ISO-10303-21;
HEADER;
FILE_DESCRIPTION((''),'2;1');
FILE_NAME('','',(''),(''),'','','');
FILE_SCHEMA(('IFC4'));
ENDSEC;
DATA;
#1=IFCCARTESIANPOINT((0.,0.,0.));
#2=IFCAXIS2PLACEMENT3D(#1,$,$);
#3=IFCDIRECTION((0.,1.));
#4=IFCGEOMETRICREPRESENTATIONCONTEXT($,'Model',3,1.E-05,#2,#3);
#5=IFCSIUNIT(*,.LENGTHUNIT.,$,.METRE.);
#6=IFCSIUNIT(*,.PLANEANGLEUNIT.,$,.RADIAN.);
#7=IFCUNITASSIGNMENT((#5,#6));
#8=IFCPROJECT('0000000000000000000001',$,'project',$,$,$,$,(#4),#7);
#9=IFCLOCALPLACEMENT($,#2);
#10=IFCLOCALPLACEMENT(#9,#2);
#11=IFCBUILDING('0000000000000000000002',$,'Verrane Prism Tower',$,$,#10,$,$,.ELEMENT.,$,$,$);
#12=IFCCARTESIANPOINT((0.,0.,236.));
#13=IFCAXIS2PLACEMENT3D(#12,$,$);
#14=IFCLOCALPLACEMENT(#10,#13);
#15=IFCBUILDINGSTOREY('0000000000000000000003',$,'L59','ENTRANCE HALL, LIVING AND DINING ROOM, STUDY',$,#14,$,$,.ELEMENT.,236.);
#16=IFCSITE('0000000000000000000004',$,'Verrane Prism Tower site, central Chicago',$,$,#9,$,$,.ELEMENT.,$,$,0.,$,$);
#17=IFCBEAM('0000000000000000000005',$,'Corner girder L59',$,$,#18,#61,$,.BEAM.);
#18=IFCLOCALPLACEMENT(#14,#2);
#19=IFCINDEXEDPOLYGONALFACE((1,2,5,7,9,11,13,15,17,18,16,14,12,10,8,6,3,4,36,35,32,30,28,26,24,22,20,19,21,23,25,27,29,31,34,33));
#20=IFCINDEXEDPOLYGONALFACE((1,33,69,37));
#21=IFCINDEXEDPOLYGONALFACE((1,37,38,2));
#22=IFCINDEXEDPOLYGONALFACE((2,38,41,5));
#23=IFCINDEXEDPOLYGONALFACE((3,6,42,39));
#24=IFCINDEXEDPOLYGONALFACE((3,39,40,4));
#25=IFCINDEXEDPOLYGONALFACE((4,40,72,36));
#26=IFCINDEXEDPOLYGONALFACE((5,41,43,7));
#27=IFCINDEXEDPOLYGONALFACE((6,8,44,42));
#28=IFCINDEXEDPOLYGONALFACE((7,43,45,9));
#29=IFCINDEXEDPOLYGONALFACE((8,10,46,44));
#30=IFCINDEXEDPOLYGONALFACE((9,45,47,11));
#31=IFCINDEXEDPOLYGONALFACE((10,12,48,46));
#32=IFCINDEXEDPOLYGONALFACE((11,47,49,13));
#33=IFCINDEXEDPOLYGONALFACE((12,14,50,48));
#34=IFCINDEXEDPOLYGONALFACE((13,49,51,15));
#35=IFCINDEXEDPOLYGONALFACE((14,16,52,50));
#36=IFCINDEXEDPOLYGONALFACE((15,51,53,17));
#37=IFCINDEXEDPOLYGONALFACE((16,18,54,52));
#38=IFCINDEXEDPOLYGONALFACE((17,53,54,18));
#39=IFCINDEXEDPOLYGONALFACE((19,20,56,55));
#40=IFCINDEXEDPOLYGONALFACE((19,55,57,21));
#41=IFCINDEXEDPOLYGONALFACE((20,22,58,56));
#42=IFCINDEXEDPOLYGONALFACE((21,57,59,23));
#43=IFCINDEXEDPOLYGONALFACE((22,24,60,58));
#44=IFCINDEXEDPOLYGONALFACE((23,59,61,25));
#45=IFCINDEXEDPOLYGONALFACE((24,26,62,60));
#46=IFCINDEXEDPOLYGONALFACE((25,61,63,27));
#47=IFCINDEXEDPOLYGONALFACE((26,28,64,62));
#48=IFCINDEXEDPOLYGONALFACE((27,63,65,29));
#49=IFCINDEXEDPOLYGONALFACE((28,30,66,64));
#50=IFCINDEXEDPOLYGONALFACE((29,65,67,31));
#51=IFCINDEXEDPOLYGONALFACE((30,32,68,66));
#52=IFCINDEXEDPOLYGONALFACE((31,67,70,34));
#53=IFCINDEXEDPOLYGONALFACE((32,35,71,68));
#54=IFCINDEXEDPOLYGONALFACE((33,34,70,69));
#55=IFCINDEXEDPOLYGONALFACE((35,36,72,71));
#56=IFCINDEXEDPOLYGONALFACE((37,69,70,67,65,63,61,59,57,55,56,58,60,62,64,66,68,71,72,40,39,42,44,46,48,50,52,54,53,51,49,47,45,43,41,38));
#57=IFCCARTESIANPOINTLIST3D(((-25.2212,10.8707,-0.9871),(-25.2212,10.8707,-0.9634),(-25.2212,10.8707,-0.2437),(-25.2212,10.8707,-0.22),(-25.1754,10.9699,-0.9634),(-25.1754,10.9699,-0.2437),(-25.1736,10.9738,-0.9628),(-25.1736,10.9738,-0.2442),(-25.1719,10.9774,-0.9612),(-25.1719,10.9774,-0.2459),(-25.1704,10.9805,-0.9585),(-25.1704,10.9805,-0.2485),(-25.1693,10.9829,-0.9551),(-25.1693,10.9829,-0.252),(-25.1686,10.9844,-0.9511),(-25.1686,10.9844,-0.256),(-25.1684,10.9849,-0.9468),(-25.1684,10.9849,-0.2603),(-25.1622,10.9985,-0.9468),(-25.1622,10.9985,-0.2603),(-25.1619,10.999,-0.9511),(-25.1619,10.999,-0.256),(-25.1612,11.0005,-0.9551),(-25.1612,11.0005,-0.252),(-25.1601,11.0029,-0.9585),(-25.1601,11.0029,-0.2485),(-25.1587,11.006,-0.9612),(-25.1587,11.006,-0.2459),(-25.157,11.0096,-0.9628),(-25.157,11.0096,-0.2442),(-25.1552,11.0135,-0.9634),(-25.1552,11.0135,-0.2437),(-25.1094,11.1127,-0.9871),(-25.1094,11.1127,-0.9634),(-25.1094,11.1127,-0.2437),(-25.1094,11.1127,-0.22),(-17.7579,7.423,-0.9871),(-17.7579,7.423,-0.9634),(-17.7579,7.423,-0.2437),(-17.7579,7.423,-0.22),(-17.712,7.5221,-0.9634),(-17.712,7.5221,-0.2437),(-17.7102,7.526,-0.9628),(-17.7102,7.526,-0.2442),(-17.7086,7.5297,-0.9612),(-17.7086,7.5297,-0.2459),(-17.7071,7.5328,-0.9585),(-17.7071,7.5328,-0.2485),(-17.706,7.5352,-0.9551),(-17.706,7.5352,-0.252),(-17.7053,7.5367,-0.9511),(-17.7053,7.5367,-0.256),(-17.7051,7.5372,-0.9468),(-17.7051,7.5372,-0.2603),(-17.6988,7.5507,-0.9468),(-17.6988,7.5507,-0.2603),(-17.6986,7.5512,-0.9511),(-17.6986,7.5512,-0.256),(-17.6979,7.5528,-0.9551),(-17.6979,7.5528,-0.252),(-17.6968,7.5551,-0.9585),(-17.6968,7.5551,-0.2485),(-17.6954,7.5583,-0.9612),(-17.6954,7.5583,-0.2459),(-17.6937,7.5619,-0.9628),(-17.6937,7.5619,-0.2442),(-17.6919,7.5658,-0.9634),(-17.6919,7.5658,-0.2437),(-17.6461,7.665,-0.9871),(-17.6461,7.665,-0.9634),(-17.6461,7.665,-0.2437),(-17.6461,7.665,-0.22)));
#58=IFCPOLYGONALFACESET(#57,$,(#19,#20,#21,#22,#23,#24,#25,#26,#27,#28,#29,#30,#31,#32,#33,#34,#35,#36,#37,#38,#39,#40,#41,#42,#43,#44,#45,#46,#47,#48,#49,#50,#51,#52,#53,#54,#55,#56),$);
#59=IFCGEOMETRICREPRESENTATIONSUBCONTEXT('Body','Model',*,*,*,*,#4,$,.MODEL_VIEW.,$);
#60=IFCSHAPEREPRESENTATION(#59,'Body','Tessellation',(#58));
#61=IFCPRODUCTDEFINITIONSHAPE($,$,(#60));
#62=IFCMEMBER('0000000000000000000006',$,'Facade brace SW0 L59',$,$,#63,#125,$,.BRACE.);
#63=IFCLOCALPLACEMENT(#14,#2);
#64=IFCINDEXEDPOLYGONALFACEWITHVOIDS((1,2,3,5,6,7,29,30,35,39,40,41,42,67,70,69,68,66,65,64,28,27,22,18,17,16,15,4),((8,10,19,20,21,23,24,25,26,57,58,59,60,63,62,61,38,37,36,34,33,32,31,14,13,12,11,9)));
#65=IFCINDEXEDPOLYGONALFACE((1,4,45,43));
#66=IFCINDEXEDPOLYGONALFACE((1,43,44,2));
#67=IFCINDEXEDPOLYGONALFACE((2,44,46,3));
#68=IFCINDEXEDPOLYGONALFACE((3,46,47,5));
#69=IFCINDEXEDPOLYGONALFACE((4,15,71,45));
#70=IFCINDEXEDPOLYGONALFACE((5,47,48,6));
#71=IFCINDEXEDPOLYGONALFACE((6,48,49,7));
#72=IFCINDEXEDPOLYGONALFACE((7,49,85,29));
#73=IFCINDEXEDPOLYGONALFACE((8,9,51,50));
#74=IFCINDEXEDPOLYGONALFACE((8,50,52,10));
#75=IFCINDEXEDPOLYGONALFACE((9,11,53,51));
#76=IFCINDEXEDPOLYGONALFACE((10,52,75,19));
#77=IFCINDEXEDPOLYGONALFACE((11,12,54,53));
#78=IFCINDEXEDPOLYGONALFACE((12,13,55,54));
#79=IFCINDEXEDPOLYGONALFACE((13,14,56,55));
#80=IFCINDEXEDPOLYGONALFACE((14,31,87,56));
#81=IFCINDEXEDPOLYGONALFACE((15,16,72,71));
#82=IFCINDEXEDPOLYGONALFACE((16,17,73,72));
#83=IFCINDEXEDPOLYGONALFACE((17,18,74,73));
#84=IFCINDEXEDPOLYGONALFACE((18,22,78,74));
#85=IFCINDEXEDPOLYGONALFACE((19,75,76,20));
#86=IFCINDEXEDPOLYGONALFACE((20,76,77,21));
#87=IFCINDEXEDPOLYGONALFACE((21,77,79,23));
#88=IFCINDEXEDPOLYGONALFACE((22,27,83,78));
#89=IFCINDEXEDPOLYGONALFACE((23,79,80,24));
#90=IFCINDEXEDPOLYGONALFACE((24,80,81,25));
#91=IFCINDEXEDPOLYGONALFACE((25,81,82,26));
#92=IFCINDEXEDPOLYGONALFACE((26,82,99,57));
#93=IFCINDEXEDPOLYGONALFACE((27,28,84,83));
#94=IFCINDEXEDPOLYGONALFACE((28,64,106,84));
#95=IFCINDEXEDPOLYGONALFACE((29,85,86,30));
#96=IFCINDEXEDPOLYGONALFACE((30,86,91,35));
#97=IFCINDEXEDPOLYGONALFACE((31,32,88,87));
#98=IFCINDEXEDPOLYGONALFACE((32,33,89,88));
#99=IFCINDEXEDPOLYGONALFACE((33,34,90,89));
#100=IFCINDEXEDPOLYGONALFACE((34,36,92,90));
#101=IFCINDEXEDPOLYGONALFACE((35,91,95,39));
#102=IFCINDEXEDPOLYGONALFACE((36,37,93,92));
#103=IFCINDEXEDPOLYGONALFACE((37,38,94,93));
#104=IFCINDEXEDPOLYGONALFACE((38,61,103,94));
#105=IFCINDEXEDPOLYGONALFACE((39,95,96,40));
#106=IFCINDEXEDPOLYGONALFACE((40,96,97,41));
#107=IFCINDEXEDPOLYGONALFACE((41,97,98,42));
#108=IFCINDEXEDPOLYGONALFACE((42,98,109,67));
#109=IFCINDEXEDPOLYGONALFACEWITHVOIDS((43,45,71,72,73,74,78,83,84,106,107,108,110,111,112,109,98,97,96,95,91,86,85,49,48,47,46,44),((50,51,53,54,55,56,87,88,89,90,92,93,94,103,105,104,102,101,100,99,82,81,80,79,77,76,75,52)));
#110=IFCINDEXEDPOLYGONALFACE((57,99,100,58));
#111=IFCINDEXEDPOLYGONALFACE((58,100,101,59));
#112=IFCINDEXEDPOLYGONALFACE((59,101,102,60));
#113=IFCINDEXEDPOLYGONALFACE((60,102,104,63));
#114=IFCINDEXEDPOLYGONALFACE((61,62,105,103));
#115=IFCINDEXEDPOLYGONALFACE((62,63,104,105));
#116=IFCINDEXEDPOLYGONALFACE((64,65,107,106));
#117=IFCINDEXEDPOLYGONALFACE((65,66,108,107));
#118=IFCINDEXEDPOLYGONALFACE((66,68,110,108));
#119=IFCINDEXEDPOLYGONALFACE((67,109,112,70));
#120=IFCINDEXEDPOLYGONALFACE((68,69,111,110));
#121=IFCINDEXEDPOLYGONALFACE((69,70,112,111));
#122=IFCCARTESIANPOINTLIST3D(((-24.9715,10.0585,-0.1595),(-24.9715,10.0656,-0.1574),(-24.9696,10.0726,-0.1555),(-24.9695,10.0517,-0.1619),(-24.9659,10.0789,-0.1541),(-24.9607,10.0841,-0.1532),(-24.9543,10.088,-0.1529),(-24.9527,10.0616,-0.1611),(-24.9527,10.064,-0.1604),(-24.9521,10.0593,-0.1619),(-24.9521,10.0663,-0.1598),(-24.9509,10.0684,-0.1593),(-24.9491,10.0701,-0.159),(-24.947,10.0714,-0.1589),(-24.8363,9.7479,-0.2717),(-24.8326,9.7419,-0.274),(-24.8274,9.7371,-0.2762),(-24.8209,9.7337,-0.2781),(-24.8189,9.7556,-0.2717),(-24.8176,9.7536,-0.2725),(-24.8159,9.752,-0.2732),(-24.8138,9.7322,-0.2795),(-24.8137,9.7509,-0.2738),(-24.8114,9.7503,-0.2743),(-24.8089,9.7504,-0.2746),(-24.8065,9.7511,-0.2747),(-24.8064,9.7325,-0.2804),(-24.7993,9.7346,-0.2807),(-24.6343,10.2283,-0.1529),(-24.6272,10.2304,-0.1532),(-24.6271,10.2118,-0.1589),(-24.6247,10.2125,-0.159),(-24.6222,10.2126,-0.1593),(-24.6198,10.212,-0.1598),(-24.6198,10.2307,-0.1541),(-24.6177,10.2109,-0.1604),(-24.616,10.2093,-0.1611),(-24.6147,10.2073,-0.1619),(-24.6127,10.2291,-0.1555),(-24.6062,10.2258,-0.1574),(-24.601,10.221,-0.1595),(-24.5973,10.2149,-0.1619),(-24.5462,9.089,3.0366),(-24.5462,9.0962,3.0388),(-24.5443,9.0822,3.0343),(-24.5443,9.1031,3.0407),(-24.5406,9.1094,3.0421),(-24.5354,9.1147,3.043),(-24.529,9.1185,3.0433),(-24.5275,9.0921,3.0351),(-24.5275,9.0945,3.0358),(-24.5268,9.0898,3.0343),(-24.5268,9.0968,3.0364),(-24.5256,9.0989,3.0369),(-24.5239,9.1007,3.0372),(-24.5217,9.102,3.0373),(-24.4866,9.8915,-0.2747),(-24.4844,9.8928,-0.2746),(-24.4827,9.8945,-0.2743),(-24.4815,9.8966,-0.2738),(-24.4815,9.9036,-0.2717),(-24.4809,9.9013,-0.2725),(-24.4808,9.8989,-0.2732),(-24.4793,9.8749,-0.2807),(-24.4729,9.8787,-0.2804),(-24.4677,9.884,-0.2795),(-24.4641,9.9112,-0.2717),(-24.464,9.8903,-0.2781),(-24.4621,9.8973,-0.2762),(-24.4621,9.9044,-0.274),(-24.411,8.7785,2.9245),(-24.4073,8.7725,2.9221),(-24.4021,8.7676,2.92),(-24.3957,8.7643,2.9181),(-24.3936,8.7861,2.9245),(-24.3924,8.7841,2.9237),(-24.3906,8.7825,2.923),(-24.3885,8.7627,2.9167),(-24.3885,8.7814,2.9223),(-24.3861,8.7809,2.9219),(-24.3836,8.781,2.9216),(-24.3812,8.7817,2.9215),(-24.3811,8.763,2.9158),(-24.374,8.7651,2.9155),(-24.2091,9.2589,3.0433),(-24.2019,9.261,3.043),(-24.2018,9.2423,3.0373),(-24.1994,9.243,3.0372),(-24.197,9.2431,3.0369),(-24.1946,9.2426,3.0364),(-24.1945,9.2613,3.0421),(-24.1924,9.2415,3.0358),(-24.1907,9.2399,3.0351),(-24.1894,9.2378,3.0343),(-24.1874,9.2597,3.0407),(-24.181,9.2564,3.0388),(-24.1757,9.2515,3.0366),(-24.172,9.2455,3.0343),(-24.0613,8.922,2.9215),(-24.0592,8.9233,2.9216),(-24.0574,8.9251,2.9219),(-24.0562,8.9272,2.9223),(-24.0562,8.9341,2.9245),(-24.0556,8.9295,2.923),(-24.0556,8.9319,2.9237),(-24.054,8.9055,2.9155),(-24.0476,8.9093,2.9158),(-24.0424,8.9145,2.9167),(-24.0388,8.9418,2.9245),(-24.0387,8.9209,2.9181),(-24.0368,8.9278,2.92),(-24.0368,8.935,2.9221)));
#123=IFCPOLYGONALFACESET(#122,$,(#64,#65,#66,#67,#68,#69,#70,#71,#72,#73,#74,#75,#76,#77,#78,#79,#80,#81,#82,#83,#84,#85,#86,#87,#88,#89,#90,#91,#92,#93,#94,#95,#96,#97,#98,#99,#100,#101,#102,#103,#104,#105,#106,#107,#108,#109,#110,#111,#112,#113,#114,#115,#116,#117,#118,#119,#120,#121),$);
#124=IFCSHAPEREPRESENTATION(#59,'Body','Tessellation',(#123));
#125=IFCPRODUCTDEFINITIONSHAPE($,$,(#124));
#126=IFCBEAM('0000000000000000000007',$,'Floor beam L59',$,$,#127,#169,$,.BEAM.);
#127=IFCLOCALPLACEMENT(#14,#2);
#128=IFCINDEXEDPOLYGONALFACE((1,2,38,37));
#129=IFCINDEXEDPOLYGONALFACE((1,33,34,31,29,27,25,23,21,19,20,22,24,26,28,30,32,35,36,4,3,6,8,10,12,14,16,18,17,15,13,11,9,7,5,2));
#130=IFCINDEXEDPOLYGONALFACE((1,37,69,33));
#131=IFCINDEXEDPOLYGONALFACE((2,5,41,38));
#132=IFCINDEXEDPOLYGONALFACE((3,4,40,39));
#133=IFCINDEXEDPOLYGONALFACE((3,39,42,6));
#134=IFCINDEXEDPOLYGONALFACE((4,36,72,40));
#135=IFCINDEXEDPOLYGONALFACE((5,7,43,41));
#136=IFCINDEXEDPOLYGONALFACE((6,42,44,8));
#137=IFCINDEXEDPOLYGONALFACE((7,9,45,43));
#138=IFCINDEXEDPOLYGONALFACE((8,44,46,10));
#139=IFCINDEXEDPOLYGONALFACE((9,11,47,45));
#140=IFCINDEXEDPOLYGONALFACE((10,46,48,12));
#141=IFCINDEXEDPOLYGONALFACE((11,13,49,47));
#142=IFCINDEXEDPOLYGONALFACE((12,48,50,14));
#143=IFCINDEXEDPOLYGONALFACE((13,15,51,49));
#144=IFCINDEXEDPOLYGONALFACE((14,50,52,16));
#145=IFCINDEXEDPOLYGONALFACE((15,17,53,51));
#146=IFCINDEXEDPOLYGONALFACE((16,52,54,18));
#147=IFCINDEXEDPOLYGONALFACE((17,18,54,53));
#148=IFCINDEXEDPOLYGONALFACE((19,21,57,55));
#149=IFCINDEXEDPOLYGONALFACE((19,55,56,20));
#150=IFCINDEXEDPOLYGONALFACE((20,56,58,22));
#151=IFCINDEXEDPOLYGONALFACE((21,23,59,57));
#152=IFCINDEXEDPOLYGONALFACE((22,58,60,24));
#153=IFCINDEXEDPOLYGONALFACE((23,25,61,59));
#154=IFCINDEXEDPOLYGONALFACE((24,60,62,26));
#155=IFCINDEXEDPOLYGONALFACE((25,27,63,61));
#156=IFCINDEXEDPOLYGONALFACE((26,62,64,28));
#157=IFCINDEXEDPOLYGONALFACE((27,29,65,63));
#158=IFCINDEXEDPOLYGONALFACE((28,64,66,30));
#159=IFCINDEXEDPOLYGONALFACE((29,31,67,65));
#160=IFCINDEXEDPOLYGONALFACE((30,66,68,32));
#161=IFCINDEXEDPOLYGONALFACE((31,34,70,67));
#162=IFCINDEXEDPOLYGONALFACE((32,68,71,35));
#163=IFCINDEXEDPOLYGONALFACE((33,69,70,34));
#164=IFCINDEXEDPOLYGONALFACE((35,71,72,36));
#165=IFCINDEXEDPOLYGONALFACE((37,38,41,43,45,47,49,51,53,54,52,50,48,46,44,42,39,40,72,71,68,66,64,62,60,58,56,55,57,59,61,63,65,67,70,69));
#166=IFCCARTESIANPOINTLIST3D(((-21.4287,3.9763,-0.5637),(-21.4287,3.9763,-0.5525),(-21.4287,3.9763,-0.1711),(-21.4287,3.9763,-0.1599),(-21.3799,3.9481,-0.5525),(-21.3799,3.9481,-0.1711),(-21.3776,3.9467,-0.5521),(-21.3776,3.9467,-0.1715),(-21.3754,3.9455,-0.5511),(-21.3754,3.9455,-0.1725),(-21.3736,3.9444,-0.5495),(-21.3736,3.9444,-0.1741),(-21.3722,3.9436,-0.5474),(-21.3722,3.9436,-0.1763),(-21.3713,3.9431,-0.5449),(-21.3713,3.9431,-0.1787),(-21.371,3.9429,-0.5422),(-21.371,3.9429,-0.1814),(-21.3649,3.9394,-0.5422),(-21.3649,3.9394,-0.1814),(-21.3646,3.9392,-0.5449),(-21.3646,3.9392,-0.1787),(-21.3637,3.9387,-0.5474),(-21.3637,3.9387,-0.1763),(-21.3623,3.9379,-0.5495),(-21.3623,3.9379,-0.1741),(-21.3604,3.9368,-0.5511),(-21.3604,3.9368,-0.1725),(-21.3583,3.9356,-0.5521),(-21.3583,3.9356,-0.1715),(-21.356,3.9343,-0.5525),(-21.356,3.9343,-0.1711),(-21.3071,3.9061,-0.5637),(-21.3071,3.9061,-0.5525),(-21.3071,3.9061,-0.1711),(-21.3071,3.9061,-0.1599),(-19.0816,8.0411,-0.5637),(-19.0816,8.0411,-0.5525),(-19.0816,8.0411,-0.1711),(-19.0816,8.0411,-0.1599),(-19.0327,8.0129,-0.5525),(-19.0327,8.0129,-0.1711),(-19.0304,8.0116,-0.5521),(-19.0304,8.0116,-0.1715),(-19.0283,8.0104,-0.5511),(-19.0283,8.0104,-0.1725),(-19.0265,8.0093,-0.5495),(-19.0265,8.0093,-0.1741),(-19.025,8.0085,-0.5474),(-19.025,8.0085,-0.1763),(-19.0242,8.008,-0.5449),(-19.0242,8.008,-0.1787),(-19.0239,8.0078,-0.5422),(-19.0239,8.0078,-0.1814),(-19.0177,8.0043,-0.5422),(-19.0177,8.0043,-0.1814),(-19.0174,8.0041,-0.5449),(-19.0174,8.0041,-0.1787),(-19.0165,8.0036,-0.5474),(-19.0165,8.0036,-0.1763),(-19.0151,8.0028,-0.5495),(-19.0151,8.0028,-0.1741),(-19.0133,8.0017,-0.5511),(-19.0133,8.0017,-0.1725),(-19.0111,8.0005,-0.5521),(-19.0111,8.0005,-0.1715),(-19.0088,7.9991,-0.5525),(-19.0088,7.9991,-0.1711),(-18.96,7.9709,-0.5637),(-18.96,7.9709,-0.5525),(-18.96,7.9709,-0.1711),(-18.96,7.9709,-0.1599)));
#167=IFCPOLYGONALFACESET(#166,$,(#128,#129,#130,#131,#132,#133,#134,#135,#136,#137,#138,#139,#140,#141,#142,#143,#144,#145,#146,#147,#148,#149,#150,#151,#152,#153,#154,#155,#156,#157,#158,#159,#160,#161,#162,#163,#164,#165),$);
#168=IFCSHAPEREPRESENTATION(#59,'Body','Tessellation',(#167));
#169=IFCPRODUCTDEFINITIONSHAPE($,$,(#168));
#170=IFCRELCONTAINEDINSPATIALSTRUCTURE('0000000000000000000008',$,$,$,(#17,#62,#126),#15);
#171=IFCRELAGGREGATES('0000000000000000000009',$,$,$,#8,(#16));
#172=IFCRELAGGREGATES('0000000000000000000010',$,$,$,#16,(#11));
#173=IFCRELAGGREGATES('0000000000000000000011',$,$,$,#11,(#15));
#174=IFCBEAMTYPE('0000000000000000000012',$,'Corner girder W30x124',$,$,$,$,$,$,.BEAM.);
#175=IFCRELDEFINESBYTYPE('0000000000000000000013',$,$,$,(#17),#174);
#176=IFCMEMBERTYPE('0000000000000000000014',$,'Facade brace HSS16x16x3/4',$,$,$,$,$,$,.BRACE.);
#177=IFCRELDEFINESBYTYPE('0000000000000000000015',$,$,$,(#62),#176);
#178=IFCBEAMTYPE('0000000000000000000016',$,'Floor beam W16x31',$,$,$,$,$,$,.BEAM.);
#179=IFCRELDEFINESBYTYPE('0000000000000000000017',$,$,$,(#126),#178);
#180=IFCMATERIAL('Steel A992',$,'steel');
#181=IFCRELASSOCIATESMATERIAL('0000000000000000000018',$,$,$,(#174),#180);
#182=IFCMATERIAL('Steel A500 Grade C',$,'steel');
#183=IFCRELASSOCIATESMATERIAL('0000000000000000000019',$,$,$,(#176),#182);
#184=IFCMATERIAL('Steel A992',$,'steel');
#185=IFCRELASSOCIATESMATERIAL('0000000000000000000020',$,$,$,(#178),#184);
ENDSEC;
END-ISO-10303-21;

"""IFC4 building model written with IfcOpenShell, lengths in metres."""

from ifc_helpers import new_model, si_unit, direction, frame, origin, origin_2d, place, context, subcontext, project, spatial, hollow_rectangle, i_section, extrude, material, material_profile, profile_set, type_object, element, save


model = new_model("IFC4")

# Units and contexts
model_context = context("Model", 3, precision=1e-05, world=origin(), true_north=direction((0.0, 1.0)))
body_context = subcontext(model_context, "Body", "Model", "MODEL_VIEW")
ifc_project = project(units=[si_unit("LENGTHUNIT", "METRE"), si_unit("PLANEANGLEUNIT", "RADIAN")], contexts=[model_context])

# Site, building, storey
site_placement = place(None, origin())
site = spatial("IfcSite", under=ifc_project, at=site_placement, Name="Verrane Prism Tower site, central Chicago", CompositionType="ELEMENT", RefElevation=0.0)
building_placement = place(site_placement, origin())
building = spatial("IfcBuilding", under=site, at=building_placement, Name="Verrane Prism Tower", CompositionType="ELEMENT")
storey_placement = place(building_placement, frame((0.0, 0.0, 236.0)))
storey = spatial("IfcBuildingStorey", under=building, at=storey_placement, Name="L59", Description="ENTRANCE HALL, LIVING AND DINING ROOM, STUDY", CompositionType="ELEMENT", Elevation=236.0)

# Beam
ifc_material_1 = material(Name="Steel A992", Category="steel")
ifc_material_profile_1 = material_profile(ifc_material_1, i_section(OverallWidth=0.2666, OverallDepth=0.7671, WebThickness=0.0149, FlangeThickness=0.0237, FilletRadius=0.0166, at=origin_2d()), Name="W30x124")
ifc_profile_set_1 = profile_set([ifc_material_profile_1], Name="Steel A992")
beam_type_1 = type_object("IfcBeamType", Name="Corner girder W30x124", PredefinedType="BEAM", material=ifc_profile_set_1)
beam_1_placement = place(storey_placement, frame((-25.1653, 10.9917, -0.6035), z_axis=(0.907815, -0.419371, 0.0), x_axis=(0.419371, 0.907815, 0.0)))
element("IfcBeam", 1, at=beam_1_placement, inside=storey, type_object=beam_type_1, Name="Corner girder L59", PredefinedType="BEAM", context=body_context, shape_type="SweptSolid", body=[
    extrude(i_section(OverallWidth=0.2666, OverallDepth=0.7671, WebThickness=0.0149, FlangeThickness=0.0237, FilletRadius=0.0166, at=origin_2d()), origin(), (0.0, 0.0, 1.0), 8.2212),
])

# Member
ifc_material_2 = material(Name="Steel A500 Grade C", Category="steel")
ifc_material_profile_2 = material_profile(ifc_material_2, hollow_rectangle(XDim=0.4065, YDim=0.4065, WallThickness=0.019, InnerFilletRadius=0.0095, OuterFilletRadius=0.0286, at=origin_2d()), Name="HSS16x16x3/4")
ifc_profile_set_2 = profile_set([ifc_material_profile_2], Name="Steel A500 Grade C")
member_type_1 = type_object("IfcMemberType", Name="Facade brace HSS16x16x3/4", PredefinedType="BRACE", material=ifc_profile_set_2)
member_1_placement = place(storey_placement, frame((-24.7168, 9.9814, -0.2168), z_axis=(0.12631, -0.287932, 0.949284), x_axis=(0.91576, 0.401726, 0.0)))
element("IfcMember", 2, at=member_1_placement, inside=storey, type_object=member_type_1, Name="Facade brace SW0 L59", PredefinedType="BRACE", context=body_context, shape_type="SweptSolid", body=[
    extrude(hollow_rectangle(XDim=0.4065, YDim=0.4065, WallThickness=0.019, InnerFilletRadius=0.0095, OuterFilletRadius=0.0286, at=origin_2d()), origin(), (0.0, 0.0, 1.0), 3.3669),
])

# Beam
ifc_material_3 = material(Name="Steel A992", Category="steel")
ifc_material_profile_3 = material_profile(ifc_material_3, i_section(OverallWidth=0.1404, OverallDepth=0.4038, WebThickness=0.0071, FlangeThickness=0.0112, FilletRadius=0.0103, at=origin_2d()), Name="W16x31")
ifc_profile_set_3 = profile_set([ifc_material_profile_3], Name="Steel A992")
beam_type_2 = type_object("IfcBeamType", Name="Floor beam W16x31", PredefinedType="BEAM", material=ifc_profile_set_3)
beam_2_placement = place(storey_placement, frame((-21.3679, 3.9412, -0.3618), z_axis=(0.500044, 0.866, 0.0), x_axis=(-0.866, 0.500044, 0.0)))
element("IfcBeam", 3, at=beam_2_placement, inside=storey, type_object=beam_type_2, Name="Floor beam L59", PredefinedType="BEAM", context=body_context, shape_type="SweptSolid", body=[
    extrude(i_section(OverallWidth=0.1404, OverallDepth=0.4038, WebThickness=0.0071, FlangeThickness=0.0112, FilletRadius=0.0103, at=origin_2d()), origin(), (0.0, 0.0, 1.0), 4.6938),
])

save(model, "model.ifc")
